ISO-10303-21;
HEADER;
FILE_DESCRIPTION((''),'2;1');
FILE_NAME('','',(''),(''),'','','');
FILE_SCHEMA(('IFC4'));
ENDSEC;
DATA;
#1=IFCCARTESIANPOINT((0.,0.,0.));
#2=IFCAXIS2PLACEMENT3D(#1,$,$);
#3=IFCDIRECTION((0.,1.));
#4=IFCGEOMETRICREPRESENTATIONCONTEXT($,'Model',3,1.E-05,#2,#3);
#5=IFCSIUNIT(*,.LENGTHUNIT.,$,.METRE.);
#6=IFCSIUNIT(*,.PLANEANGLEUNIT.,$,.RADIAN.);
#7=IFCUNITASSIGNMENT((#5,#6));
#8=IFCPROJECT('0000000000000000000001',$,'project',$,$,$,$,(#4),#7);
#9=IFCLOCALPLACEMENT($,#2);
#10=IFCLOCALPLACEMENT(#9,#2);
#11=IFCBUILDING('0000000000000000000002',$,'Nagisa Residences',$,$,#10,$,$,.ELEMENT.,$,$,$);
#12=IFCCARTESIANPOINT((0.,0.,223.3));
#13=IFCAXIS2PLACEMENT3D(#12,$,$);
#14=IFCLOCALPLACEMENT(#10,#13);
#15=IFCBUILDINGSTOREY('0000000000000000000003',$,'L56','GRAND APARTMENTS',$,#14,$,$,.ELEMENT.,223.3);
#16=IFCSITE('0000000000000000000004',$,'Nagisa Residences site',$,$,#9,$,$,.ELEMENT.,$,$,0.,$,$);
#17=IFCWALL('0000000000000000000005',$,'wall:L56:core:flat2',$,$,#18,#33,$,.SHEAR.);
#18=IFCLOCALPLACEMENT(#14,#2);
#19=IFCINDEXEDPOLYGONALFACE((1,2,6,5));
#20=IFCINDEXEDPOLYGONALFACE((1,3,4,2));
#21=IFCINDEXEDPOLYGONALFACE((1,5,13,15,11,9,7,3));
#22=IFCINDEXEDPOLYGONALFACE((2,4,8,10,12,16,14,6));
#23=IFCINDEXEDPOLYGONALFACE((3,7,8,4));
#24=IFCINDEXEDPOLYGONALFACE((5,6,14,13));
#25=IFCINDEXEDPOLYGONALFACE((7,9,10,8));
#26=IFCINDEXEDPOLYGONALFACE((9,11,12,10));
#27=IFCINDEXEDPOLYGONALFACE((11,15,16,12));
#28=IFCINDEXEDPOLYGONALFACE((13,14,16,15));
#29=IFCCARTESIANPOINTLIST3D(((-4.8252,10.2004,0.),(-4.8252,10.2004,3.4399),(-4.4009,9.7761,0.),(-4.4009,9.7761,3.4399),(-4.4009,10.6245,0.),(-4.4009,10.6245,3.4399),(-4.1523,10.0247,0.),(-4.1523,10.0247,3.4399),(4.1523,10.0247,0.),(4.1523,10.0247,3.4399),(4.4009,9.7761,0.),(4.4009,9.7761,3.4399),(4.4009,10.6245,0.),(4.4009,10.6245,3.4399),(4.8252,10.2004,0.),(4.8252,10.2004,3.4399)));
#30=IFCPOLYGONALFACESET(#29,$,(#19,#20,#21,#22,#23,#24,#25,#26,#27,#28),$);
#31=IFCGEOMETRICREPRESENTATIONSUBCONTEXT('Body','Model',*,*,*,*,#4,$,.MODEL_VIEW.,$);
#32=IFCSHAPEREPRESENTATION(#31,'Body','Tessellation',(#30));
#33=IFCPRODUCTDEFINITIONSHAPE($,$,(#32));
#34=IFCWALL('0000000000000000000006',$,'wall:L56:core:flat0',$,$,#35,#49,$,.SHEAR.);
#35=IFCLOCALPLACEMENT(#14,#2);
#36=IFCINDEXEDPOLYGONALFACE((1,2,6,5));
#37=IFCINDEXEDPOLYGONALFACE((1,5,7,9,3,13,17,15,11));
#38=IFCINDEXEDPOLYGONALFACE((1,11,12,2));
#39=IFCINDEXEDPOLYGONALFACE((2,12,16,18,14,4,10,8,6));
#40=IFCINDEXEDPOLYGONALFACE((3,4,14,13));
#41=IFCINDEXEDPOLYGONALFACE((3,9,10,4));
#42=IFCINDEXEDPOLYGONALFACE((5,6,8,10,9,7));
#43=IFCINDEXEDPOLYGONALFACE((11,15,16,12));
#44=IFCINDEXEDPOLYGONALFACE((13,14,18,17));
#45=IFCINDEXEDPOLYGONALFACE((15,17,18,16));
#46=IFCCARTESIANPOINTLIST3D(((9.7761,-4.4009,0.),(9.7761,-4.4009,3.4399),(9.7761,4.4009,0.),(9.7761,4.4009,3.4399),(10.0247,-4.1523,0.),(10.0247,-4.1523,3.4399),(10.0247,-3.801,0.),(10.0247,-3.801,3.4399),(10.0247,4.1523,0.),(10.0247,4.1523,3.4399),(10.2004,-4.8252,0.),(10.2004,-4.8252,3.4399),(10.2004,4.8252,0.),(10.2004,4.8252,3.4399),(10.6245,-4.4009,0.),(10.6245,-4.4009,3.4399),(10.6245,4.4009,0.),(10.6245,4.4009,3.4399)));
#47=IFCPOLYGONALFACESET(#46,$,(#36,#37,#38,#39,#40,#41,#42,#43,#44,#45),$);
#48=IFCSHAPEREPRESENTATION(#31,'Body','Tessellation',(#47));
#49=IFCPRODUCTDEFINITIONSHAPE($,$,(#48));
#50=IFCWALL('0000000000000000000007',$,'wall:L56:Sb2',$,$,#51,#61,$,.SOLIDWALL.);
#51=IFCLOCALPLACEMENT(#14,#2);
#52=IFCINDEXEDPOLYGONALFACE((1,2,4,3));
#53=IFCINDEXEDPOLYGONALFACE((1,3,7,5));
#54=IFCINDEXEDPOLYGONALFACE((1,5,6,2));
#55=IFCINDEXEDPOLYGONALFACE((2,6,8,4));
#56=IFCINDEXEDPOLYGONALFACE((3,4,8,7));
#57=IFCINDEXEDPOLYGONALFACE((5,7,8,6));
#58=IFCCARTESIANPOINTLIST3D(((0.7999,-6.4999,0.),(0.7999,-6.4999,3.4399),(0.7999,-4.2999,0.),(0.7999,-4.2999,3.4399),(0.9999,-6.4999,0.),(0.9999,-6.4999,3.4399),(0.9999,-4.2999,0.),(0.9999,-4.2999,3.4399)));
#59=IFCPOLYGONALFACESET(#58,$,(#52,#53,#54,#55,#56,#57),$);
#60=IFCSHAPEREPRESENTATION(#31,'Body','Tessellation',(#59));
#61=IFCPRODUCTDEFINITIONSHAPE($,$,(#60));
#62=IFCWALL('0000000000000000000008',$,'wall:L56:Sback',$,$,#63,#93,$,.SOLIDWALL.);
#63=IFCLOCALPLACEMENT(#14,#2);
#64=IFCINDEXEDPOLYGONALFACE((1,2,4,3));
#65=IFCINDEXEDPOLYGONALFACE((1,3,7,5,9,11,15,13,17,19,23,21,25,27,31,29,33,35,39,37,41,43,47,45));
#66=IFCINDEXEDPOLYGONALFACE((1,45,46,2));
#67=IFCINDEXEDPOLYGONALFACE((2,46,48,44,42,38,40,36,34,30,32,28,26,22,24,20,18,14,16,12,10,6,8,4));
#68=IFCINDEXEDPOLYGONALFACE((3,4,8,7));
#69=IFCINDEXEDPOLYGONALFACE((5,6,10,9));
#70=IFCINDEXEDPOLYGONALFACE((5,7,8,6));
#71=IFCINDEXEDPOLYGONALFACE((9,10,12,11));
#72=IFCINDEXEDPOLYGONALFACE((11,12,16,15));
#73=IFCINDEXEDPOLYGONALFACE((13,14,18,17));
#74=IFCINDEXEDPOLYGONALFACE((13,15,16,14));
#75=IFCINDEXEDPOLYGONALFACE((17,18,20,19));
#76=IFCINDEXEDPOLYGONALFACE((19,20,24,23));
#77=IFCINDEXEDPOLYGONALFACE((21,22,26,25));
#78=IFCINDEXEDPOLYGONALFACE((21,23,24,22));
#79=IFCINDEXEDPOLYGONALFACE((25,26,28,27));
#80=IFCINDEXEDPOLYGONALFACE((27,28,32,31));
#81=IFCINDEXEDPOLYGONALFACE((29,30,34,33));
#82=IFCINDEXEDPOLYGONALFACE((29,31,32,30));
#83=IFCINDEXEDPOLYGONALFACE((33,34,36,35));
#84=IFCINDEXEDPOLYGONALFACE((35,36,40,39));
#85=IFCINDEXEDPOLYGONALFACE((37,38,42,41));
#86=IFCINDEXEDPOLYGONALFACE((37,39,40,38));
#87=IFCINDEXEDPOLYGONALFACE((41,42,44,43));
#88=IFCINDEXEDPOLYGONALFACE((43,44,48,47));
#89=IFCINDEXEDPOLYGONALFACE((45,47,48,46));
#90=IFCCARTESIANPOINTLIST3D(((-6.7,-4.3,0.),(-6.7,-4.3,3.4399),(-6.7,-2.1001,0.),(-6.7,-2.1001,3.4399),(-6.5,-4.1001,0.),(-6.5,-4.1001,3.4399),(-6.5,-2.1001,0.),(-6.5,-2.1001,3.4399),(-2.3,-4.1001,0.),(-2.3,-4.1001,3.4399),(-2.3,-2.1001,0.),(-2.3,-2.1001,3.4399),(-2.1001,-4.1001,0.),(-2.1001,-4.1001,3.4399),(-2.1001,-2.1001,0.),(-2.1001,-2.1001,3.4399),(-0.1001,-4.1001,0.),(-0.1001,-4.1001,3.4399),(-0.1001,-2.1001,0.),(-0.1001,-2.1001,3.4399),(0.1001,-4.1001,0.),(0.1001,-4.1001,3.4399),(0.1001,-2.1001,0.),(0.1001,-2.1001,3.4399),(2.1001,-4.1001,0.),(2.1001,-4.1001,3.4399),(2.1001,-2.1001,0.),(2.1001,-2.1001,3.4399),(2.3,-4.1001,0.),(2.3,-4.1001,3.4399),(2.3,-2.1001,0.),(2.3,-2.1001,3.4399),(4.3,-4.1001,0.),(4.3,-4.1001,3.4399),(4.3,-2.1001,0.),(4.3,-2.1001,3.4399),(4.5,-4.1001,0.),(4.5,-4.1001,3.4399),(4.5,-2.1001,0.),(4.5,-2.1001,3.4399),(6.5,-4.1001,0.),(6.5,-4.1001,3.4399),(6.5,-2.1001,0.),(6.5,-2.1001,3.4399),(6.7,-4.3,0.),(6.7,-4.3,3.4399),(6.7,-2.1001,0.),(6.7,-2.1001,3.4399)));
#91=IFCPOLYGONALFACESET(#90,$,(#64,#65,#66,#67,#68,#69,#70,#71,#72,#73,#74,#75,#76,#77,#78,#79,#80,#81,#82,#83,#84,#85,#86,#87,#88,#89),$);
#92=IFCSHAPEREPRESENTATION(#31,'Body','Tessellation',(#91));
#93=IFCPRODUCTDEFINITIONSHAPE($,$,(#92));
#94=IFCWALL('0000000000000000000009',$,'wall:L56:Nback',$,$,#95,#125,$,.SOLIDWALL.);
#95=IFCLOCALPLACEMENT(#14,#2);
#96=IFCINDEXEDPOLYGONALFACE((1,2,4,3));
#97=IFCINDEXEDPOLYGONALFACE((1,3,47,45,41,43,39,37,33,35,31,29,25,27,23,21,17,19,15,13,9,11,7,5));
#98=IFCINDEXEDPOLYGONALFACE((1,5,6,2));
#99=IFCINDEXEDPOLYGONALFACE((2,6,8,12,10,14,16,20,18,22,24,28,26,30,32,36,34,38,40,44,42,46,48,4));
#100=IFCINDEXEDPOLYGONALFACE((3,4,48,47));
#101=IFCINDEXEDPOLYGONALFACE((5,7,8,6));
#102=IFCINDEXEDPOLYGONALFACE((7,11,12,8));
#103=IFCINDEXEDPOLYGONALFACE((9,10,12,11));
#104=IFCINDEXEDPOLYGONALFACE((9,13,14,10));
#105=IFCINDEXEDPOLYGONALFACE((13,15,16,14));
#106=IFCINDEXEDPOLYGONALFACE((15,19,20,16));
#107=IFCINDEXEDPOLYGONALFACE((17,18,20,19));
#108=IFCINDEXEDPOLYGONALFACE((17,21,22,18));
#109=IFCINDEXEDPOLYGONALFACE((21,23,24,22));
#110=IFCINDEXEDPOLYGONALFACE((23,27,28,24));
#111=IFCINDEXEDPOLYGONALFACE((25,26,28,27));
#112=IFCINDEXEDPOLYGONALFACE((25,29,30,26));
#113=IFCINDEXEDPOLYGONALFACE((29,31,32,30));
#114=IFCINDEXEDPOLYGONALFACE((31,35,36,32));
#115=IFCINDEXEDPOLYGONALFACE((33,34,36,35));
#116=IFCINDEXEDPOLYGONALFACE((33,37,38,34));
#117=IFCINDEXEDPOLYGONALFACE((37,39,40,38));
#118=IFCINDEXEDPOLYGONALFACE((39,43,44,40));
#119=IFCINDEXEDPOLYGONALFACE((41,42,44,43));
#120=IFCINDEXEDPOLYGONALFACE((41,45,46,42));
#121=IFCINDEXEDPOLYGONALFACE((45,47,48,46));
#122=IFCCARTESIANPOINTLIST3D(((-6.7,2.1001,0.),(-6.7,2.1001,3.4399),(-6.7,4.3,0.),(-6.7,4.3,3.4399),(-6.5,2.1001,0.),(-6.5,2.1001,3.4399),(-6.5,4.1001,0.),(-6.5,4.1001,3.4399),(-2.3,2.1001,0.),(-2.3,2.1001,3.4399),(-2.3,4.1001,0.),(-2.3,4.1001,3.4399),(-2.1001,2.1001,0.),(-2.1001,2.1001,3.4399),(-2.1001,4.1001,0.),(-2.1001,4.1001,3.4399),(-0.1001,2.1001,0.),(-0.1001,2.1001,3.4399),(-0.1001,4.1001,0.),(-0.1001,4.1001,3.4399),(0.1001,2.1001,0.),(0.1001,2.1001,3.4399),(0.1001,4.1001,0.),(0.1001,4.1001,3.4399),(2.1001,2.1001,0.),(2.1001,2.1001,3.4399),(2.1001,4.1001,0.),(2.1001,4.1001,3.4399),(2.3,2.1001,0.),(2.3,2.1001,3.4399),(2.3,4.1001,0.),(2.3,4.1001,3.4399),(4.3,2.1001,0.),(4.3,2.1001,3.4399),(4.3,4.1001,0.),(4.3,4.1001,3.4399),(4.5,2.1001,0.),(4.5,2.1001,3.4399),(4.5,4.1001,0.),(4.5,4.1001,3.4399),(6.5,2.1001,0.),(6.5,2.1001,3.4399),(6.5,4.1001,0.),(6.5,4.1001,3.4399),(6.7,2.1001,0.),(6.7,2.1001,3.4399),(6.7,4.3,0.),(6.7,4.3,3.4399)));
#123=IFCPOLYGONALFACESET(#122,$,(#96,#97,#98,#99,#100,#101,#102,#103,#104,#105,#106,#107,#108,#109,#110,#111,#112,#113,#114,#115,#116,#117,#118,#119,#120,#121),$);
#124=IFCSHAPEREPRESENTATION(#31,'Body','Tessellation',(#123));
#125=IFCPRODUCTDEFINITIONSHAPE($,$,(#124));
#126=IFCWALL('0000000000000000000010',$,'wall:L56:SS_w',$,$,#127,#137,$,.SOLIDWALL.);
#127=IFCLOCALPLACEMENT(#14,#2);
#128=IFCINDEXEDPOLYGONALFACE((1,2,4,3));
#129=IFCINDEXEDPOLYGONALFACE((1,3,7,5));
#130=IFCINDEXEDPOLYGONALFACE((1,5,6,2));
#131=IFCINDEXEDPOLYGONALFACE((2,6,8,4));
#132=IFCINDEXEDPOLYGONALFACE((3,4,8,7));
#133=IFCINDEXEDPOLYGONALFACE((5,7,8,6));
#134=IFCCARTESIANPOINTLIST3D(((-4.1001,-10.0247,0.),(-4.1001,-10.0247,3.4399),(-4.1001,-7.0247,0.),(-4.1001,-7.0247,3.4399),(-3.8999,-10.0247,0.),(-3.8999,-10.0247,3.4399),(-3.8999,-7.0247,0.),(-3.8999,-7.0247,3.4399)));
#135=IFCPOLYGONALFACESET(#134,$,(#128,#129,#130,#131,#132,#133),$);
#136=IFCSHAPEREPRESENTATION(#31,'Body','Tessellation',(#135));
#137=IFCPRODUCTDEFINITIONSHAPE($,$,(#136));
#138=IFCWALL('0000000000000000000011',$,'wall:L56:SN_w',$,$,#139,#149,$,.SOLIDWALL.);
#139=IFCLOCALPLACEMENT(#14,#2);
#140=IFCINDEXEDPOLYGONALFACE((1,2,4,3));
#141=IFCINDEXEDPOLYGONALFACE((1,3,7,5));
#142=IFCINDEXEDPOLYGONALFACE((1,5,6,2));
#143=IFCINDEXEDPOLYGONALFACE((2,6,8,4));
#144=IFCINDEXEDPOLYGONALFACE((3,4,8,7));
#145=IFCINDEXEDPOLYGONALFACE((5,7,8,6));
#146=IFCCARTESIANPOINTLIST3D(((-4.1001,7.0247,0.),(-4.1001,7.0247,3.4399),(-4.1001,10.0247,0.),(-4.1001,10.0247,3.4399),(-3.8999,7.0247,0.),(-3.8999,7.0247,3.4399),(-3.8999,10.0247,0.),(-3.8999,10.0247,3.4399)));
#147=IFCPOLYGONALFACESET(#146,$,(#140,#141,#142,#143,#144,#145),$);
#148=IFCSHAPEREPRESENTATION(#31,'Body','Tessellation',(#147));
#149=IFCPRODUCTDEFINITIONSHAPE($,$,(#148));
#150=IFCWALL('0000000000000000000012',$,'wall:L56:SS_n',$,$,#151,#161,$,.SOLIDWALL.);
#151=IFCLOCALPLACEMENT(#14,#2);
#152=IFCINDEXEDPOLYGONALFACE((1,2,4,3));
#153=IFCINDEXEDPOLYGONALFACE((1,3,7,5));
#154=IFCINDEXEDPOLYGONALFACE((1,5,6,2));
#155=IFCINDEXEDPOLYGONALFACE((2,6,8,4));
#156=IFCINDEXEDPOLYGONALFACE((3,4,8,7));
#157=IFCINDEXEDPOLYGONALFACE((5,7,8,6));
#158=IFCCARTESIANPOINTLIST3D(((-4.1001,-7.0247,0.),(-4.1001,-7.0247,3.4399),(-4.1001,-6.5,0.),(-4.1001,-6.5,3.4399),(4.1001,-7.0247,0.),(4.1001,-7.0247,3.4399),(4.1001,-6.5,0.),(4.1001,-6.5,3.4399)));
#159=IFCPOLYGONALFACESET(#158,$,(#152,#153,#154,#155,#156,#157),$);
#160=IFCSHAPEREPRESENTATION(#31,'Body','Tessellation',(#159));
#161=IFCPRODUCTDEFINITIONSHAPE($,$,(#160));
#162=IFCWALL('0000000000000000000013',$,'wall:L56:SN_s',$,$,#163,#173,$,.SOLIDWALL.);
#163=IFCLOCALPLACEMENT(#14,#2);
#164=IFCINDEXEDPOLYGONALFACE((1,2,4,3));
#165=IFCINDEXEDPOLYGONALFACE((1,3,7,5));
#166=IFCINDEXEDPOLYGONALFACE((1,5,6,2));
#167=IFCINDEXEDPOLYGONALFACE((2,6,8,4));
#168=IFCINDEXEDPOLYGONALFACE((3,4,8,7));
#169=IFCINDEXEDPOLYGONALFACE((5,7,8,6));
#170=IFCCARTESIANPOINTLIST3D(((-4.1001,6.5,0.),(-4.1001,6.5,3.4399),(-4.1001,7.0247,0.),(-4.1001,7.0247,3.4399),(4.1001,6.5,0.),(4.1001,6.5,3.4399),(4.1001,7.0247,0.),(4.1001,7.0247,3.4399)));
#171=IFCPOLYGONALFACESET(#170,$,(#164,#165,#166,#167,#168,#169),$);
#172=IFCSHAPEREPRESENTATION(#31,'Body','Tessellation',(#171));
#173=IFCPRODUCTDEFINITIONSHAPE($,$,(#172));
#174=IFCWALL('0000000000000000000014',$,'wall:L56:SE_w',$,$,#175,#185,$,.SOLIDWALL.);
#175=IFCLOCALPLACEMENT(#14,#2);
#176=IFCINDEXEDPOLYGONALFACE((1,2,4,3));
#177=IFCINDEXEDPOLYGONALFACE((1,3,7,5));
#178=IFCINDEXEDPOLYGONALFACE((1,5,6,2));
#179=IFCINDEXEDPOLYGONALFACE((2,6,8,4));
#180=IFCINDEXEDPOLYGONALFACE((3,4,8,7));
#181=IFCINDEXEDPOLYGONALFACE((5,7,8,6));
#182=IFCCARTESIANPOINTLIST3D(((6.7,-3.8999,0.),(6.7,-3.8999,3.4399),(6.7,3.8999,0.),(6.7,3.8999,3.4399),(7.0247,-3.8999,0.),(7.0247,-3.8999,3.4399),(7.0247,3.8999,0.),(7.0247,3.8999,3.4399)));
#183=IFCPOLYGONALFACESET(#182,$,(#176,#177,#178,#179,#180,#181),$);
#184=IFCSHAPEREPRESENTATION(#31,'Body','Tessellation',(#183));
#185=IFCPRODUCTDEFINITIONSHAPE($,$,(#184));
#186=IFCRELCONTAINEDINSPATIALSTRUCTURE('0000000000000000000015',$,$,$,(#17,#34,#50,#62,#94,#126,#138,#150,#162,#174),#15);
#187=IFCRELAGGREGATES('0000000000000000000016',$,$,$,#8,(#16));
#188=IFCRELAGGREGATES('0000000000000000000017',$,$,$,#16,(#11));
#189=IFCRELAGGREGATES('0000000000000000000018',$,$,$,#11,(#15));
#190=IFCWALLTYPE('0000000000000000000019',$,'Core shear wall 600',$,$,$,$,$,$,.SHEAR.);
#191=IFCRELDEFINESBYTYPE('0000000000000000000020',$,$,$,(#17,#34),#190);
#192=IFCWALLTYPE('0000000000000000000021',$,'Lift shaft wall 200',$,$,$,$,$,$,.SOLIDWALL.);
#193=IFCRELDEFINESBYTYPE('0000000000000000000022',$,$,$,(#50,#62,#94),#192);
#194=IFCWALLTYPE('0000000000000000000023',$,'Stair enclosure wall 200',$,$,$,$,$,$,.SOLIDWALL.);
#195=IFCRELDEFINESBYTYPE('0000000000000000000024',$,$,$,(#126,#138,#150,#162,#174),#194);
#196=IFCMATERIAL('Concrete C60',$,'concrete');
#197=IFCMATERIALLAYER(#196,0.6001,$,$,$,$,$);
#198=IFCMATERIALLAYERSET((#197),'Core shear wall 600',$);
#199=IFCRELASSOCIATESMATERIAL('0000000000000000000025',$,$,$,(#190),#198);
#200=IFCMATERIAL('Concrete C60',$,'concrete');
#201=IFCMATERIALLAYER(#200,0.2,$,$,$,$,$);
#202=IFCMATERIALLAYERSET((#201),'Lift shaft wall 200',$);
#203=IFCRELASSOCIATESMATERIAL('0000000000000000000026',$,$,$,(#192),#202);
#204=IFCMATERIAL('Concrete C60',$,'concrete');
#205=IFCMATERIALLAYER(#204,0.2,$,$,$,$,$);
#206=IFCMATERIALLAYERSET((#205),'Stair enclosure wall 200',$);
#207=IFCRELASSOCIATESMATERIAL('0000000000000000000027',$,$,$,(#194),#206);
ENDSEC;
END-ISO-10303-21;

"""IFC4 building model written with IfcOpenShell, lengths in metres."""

from ifc_helpers import new_model, si_unit, direction, frame, frame_2d, origin, place, context, subcontext, project, spatial, polyline, rectangle, outline, extrude, material, layer, layer_set, type_object, element, save


model = new_model("IFC4")

# Units and contexts
model_context = context("Model", 3, precision=1e-05, world=origin(), true_north=direction((0.0, 1.0)))
body_context = subcontext(model_context, "Body", "Model", "MODEL_VIEW")
ifc_project = project(units=[si_unit("LENGTHUNIT", "METRE"), si_unit("PLANEANGLEUNIT", "RADIAN")], contexts=[model_context])

# Site, building, storey
site_placement = place(None, origin())
site = spatial("IfcSite", under=ifc_project, at=site_placement, Name="Nagisa Residences site", CompositionType="ELEMENT", RefElevation=0.0)
building_placement = place(site_placement, origin())
building = spatial("IfcBuilding", under=site, at=building_placement, Name="Nagisa Residences", CompositionType="ELEMENT")
storey_placement = place(building_placement, frame((0.0, 0.0, 223.3)))
storey = spatial("IfcBuildingStorey", under=building, at=storey_placement, Name="L56", Description="GRAND APARTMENTS", CompositionType="ELEMENT", Elevation=223.3)

# Walls
ifc_material_1 = material(Name="Concrete C60", Category="concrete")
ifc_layer_1 = layer(ifc_material_1, 0.6001)
ifc_layer_set_1 = layer_set([ifc_layer_1], Name="Core shear wall 600")
wall_type_1 = type_object("IfcWallType", Name="Core shear wall 600", PredefinedType="SHEAR", material=ifc_layer_set_1)
wall_1_placement = place(storey_placement, origin())
element("IfcWall", 1, at=wall_1_placement, inside=storey, type_object=wall_type_1, Name="wall:L56:core:flat2", PredefinedType="SHEAR", context=body_context, shape_type="SweptSolid", body=[
    extrude(outline(polyline([(-4.1523, 10.0247), (-4.4009, 9.7761), (-4.8252, 10.2004), (-4.4009, 10.6245), (4.4009, 10.6245), (4.8252, 10.2004), (4.4009, 9.7761), (4.1523, 10.0247), (-4.1523, 10.0247)])), origin(), (0.0, 0.0, 1.0), 3.4399),
])
wall_2_placement = place(storey_placement, origin())
element("IfcWall", 2, at=wall_2_placement, inside=storey, type_object=wall_type_1, Name="wall:L56:core:flat0", PredefinedType="SHEAR", context=body_context, shape_type="SweptSolid", body=[
    extrude(outline(polyline([(9.7761, -4.4009), (10.0247, -4.1523), (10.0247, -3.801), (10.0247, 4.1523), (9.7761, 4.4009), (10.2004, 4.8252), (10.6245, 4.4009), (10.6245, -4.4009), (10.2004, -4.8252), (9.7761, -4.4009)])), origin(), (0.0, 0.0, 1.0), 3.4399),
])
ifc_material_2 = material(Name="Concrete C60", Category="concrete")
ifc_layer_2 = layer(ifc_material_2, 0.2)
ifc_layer_set_2 = layer_set([ifc_layer_2], Name="Lift shaft wall 200")
wall_type_2 = type_object("IfcWallType", Name="Lift shaft wall 200", PredefinedType="SOLIDWALL", material=ifc_layer_set_2)
wall_3_placement = place(storey_placement, frame((0.8999, -6.5, 0.0), z_axis=(0.0, 0.0, 1.0), x_axis=(0.0, 1.0, 0.0)))
element("IfcWall", 3, at=wall_3_placement, inside=storey, type_object=wall_type_2, Name="wall:L56:Sb2", PredefinedType="SOLIDWALL", context=body_context, shape_type="SweptSolid", body=[
    extrude(rectangle(XDim=2.2, YDim=0.2, at=frame_2d((1.1001, 0.0))), origin(), (0.0, 0.0, 1.0), 3.4399),
])
wall_4_placement = place(storey_placement, origin())
element("IfcWall", 4, at=wall_4_placement, inside=storey, type_object=wall_type_2, Name="wall:L56:Sback", PredefinedType="SOLIDWALL", context=body_context, shape_type="SweptSolid", body=[
    extrude(outline(polyline([(-6.7, -2.1001), (-6.5, -2.1001), (-6.5, -4.1001), (-2.3, -4.1001), (-2.3, -2.1001), (-2.1001, -2.1001), (-2.1001, -4.1001), (-0.1001, -4.1001), (-0.1001, -2.1001), (0.1001, -2.1001), (0.1001, -4.1001), (2.1001, -4.1001), (2.1001, -2.1001), (2.3, -2.1001), (2.3, -4.1001), (4.3, -4.1001), (4.3, -2.1001), (4.5, -2.1001), (4.5, -4.1001), (6.5, -4.1001), (6.5, -2.1001), (6.7, -2.1001), (6.7, -4.3), (-6.7, -4.3), (-6.7, -2.1001)])), origin(), (0.0, 0.0, 1.0), 3.4399),
])
wall_5_placement = place(storey_placement, origin())
element("IfcWall", 5, at=wall_5_placement, inside=storey, type_object=wall_type_2, Name="wall:L56:Nback", PredefinedType="SOLIDWALL", context=body_context, shape_type="SweptSolid", body=[
    extrude(outline(polyline([(-6.7, 4.3), (6.7, 4.3), (6.7, 2.1001), (6.5, 2.1001), (6.5, 4.1001), (4.5, 4.1001), (4.5, 2.1001), (4.3, 2.1001), (4.3, 4.1001), (2.3, 4.1001), (2.3, 2.1001), (2.1001, 2.1001), (2.1001, 4.1001), (0.1001, 4.1001), (0.1001, 2.1001), (-0.1001, 2.1001), (-0.1001, 4.1001), (-2.1001, 4.1001), (-2.1001, 2.1001), (-2.3, 2.1001), (-2.3, 4.1001), (-6.5, 4.1001), (-6.5, 2.1001), (-6.7, 2.1001), (-6.7, 4.3)])), origin(), (0.0, 0.0, 1.0), 3.4399),
])
ifc_material_3 = material(Name="Concrete C60", Category="concrete")
ifc_layer_3 = layer(ifc_material_3, 0.2)
ifc_layer_set_3 = layer_set([ifc_layer_3], Name="Stair enclosure wall 200")
wall_type_3 = type_object("IfcWallType", Name="Stair enclosure wall 200", PredefinedType="SOLIDWALL", material=ifc_layer_set_3)
wall_6_placement = place(storey_placement, origin())
element("IfcWall", 6, at=wall_6_placement, inside=storey, type_object=wall_type_3, Name="wall:L56:SS_w", PredefinedType="SOLIDWALL", context=body_context, shape_type="SweptSolid", body=[
    extrude(outline(polyline([(-3.8999, -10.0247), (-4.1001, -10.0247), (-4.1001, -7.0247), (-3.8999, -7.0247), (-3.8999, -10.0247)])), origin(), (0.0, 0.0, 1.0), 3.4399),
])
wall_7_placement = place(storey_placement, origin())
element("IfcWall", 7, at=wall_7_placement, inside=storey, type_object=wall_type_3, Name="wall:L56:SN_w", PredefinedType="SOLIDWALL", context=body_context, shape_type="SweptSolid", body=[
    extrude(outline(polyline([(-3.8999, 7.0247), (-4.1001, 7.0247), (-4.1001, 10.0247), (-3.8999, 10.0247), (-3.8999, 7.0247)])), origin(), (0.0, 0.0, 1.0), 3.4399),
])
wall_8_placement = place(storey_placement, origin())
element("IfcWall", 8, at=wall_8_placement, inside=storey, type_object=wall_type_3, Name="wall:L56:SS_n", PredefinedType="SOLIDWALL", context=body_context, shape_type="SweptSolid", body=[
    extrude(outline(polyline([(4.1001, -7.0247), (-4.1001, -7.0247), (-4.1001, -6.5), (4.1001, -6.5), (4.1001, -7.0247)])), origin(), (0.0, 0.0, 1.0), 3.4399),
])
wall_9_placement = place(storey_placement, origin())
element("IfcWall", 9, at=wall_9_placement, inside=storey, type_object=wall_type_3, Name="wall:L56:SN_s", PredefinedType="SOLIDWALL", context=body_context, shape_type="SweptSolid", body=[
    extrude(outline(polyline([(4.1001, 6.5), (-4.1001, 6.5), (-4.1001, 7.0247), (4.1001, 7.0247), (4.1001, 6.5)])), origin(), (0.0, 0.0, 1.0), 3.4399),
])
wall_10_placement = place(storey_placement, origin())
element("IfcWall", 10, at=wall_10_placement, inside=storey, type_object=wall_type_3, Name="wall:L56:SE_w", PredefinedType="SOLIDWALL", context=body_context, shape_type="SweptSolid", body=[
    extrude(outline(polyline([(7.0247, -3.8999), (6.7, -3.8999), (6.7, 3.8999), (7.0247, 3.8999), (7.0247, -3.8999)])), origin(), (0.0, 0.0, 1.0), 3.4399),
])

save(model, "model.ifc")
